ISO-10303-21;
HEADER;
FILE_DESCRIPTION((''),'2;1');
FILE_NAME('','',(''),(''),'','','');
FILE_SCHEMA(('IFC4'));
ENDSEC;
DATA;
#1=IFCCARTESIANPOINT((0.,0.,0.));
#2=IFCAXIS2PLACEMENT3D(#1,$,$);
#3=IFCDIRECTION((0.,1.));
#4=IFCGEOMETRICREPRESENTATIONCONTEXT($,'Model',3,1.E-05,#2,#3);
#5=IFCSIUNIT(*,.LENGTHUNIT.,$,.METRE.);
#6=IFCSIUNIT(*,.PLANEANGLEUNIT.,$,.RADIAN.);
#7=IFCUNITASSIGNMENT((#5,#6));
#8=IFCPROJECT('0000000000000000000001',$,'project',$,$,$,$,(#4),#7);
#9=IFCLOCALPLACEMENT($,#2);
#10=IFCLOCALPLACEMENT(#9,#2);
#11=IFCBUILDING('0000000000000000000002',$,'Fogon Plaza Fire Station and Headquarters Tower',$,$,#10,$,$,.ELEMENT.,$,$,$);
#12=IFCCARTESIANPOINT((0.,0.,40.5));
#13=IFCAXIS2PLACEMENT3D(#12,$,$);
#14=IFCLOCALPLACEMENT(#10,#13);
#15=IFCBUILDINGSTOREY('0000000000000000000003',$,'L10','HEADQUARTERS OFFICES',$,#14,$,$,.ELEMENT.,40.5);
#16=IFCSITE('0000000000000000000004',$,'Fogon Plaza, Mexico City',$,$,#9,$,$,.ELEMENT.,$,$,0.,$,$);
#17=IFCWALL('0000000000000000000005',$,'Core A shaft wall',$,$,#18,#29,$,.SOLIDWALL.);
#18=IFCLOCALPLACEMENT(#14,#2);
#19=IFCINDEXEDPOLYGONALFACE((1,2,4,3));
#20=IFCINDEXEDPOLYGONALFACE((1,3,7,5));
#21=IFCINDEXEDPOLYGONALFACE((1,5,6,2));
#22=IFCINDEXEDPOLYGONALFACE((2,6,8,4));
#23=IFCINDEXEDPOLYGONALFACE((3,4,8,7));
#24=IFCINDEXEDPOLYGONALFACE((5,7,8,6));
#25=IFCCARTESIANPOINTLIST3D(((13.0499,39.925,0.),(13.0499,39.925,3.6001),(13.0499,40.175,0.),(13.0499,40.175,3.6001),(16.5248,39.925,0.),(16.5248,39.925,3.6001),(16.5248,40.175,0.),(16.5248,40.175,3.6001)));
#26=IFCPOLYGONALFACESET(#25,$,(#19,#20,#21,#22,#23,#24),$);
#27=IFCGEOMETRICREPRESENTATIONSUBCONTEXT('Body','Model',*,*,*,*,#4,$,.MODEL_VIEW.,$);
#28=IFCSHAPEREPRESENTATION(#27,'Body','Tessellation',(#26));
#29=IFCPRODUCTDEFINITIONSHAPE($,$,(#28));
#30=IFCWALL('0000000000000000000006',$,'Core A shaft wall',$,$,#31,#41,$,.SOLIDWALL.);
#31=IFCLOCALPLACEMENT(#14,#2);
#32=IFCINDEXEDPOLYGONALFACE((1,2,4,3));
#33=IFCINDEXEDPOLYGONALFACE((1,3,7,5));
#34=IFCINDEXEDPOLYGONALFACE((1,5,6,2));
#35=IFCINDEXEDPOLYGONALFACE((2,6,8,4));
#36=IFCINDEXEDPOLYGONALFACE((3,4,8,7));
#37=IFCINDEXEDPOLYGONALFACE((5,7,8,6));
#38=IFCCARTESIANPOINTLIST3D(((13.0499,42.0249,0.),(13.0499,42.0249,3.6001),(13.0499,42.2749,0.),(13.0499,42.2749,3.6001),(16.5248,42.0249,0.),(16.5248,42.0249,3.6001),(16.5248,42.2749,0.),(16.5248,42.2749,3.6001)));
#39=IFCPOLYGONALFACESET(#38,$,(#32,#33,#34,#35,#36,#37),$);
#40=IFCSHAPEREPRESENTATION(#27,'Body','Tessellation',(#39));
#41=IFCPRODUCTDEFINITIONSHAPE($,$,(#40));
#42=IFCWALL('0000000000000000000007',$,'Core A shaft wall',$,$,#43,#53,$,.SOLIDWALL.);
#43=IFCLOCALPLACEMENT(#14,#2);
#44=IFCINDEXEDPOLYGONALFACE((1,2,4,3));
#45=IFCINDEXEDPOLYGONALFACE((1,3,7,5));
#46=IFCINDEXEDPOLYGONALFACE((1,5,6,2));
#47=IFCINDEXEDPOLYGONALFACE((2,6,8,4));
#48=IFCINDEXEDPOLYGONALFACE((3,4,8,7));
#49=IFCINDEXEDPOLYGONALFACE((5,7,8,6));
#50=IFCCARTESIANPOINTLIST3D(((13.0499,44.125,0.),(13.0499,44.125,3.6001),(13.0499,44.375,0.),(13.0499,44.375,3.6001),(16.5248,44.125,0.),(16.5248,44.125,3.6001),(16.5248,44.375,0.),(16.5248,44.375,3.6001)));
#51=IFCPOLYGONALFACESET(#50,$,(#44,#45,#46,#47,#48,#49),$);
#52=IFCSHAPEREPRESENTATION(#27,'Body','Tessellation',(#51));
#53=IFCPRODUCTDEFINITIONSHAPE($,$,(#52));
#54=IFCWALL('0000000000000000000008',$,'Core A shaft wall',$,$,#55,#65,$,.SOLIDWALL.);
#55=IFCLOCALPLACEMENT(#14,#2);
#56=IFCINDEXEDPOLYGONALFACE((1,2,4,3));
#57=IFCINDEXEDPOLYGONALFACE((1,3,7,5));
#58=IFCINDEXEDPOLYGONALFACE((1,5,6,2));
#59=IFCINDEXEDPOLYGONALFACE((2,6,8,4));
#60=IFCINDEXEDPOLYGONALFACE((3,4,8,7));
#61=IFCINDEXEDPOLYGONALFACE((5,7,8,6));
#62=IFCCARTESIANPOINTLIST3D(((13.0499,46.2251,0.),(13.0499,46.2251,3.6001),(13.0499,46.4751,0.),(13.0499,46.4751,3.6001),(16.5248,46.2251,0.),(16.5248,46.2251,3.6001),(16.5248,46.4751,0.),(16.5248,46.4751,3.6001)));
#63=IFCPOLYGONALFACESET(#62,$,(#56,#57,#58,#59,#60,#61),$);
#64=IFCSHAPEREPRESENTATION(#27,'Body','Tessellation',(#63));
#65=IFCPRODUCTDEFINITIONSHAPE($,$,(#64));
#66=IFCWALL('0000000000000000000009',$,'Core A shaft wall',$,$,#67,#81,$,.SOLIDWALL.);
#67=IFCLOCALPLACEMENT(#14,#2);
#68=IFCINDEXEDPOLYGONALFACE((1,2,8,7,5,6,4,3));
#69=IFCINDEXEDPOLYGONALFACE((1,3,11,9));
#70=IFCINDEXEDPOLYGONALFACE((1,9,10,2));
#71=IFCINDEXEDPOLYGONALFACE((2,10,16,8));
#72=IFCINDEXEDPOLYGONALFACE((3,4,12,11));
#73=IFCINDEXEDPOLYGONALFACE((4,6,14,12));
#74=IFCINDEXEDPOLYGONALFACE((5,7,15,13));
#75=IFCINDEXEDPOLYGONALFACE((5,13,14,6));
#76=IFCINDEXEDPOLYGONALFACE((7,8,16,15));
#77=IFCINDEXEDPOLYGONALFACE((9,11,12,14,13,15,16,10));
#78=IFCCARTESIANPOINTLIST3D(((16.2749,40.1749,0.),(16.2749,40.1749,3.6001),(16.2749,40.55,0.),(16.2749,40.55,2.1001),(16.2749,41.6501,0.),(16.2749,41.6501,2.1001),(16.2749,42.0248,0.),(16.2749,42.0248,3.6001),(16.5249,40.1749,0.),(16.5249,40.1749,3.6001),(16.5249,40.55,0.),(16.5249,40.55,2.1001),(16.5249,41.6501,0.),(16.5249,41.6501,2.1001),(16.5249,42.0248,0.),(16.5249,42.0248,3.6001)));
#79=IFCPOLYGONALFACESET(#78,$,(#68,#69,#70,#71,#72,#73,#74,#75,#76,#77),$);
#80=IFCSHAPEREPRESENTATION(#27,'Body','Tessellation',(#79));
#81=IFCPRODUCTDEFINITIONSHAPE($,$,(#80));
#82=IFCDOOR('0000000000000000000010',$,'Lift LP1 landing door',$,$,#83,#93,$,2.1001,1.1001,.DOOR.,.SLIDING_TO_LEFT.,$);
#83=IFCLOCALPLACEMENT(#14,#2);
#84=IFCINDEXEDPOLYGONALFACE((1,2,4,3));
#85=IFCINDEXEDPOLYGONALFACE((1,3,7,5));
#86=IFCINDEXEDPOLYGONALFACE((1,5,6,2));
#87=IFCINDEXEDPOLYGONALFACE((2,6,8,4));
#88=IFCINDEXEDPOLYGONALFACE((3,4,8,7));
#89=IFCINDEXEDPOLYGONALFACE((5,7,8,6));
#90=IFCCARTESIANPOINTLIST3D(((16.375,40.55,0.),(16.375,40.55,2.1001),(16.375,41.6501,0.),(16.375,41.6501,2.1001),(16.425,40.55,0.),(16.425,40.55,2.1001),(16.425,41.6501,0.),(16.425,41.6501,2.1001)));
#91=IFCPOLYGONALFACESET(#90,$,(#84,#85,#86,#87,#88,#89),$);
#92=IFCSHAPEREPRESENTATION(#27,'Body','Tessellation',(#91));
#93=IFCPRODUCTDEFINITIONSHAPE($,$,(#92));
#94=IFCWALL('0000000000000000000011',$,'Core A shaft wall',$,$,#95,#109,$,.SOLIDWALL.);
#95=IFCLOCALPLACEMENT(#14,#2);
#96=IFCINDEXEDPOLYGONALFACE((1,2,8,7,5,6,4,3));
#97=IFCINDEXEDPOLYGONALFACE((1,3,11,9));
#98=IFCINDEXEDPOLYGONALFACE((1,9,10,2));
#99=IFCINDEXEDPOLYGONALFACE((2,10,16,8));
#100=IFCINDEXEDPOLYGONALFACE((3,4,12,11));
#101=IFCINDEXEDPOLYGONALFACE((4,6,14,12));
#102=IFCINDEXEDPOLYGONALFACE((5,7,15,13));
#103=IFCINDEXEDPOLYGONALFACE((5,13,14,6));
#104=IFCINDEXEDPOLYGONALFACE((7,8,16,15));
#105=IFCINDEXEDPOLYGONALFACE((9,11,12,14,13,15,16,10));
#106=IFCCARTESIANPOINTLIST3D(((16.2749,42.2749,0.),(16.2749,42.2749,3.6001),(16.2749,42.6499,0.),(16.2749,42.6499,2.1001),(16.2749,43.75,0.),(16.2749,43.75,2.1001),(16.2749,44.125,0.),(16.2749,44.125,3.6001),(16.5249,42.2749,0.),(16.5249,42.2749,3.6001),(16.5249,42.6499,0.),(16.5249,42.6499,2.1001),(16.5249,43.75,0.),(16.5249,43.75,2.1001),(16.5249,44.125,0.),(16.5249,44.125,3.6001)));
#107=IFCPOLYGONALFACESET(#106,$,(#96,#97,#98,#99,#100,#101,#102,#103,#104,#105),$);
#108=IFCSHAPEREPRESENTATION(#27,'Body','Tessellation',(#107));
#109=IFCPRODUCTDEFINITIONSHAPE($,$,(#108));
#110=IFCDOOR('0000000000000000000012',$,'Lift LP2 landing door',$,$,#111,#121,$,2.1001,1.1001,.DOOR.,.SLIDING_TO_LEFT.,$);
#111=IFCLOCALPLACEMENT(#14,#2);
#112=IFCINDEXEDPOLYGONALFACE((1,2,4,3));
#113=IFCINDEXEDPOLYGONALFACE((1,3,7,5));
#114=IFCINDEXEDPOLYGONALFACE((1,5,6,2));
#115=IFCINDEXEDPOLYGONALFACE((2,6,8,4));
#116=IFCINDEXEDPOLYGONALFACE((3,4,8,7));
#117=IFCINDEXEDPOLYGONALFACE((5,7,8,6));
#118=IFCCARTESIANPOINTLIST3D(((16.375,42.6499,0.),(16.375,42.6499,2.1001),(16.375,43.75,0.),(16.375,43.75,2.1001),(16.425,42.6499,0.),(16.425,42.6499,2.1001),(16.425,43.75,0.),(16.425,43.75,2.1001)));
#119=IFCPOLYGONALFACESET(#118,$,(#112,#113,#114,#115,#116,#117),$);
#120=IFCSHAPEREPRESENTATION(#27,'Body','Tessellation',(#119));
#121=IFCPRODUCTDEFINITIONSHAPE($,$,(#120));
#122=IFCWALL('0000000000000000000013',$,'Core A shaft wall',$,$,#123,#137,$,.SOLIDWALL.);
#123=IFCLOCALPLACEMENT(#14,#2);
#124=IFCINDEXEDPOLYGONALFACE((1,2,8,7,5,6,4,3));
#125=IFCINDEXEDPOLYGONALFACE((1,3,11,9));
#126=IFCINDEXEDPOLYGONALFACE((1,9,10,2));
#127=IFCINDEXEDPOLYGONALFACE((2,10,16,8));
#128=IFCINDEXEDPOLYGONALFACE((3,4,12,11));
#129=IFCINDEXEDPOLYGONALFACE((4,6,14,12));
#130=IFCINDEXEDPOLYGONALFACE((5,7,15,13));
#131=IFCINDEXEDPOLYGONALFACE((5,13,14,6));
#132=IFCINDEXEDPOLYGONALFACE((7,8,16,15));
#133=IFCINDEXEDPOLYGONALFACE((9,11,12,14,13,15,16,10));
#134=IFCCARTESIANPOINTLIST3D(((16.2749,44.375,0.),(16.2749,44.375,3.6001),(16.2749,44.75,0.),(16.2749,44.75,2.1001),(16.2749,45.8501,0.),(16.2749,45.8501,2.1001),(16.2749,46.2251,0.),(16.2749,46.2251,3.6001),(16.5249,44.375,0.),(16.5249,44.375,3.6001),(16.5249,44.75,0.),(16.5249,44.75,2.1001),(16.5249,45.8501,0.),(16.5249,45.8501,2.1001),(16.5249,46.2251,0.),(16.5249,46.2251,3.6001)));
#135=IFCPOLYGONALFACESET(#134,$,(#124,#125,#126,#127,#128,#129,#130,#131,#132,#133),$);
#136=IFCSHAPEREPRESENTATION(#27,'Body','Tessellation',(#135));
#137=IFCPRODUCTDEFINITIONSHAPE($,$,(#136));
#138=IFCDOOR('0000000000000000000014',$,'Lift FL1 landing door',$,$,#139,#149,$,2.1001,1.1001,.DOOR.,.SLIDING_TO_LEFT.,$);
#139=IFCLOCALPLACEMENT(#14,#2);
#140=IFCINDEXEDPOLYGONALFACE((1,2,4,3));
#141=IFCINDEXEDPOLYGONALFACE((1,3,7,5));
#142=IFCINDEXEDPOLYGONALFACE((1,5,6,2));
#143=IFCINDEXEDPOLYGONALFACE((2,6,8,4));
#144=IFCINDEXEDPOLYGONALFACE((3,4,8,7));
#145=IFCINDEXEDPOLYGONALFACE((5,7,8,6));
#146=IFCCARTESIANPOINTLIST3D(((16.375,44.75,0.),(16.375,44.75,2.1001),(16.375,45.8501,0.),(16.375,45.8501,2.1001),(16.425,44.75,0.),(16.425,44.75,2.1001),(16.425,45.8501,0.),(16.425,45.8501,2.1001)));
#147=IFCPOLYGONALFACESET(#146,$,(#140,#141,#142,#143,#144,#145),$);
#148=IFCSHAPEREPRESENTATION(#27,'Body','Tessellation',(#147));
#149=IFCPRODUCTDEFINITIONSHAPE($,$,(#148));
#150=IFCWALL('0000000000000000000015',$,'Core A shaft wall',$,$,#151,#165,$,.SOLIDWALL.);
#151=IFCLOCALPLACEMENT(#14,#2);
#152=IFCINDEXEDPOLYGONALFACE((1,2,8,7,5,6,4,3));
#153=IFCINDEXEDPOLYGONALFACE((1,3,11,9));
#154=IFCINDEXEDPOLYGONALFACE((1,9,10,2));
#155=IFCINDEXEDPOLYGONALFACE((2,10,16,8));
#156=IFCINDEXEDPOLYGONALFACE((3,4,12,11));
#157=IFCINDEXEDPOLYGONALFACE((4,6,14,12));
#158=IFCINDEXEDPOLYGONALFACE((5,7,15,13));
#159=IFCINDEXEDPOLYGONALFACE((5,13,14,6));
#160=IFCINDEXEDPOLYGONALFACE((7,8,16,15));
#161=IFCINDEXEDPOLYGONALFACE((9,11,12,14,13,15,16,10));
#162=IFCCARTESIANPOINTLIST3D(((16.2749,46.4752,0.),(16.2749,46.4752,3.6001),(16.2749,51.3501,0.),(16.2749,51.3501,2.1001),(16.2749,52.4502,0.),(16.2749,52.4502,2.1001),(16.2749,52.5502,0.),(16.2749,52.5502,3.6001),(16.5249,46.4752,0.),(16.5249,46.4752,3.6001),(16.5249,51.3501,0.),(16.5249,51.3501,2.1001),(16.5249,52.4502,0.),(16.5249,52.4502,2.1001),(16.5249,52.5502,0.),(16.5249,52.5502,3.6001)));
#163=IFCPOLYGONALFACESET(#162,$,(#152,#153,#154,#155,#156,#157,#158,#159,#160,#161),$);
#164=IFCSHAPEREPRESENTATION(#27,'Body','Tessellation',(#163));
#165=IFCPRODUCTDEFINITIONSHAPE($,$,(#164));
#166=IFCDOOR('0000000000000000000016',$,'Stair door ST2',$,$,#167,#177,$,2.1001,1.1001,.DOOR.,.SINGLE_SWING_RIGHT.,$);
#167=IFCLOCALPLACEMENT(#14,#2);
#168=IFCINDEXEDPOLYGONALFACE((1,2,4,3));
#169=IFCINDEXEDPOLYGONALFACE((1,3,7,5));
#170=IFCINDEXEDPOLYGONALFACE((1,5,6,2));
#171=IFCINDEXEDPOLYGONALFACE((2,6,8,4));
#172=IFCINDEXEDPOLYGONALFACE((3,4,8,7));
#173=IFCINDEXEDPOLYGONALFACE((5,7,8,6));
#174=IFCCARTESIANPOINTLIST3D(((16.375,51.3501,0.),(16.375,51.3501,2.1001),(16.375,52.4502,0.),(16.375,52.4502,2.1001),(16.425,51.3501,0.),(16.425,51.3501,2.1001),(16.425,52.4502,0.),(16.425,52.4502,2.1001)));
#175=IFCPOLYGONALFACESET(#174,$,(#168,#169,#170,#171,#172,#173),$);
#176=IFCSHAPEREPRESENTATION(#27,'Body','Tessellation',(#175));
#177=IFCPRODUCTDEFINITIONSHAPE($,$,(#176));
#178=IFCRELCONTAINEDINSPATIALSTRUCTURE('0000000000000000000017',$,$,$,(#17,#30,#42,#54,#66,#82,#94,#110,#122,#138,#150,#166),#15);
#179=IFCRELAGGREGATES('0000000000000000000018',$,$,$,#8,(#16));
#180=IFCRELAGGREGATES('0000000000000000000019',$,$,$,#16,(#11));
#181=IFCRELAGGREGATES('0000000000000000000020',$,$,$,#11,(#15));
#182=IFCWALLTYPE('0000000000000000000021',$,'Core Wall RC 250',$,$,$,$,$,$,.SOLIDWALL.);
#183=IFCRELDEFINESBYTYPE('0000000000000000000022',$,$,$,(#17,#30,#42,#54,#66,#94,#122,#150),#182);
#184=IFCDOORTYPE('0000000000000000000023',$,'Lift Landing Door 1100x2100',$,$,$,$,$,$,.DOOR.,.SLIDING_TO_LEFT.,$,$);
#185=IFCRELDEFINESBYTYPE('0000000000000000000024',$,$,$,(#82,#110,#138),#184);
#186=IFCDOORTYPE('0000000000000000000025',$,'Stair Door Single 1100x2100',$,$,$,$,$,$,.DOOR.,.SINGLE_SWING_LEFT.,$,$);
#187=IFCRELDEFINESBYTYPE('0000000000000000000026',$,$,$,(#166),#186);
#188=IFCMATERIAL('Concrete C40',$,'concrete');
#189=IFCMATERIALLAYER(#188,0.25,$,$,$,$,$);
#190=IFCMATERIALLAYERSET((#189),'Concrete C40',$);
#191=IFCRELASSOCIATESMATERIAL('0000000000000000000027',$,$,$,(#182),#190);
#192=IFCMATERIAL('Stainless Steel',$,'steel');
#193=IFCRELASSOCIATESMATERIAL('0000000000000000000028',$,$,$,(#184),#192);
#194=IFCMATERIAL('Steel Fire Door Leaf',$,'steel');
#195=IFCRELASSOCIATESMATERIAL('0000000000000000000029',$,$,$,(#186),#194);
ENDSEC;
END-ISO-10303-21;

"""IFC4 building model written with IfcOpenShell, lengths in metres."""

from ifc_helpers import new_model, si_unit, direction, frame, frame_2d, origin, place, context, subcontext, project, spatial, rectangle, extrude, material, layer, layer_set, type_object, element, fill, save


model = new_model("IFC4")

# Units and contexts
model_context = context("Model", 3, precision=1e-05, world=origin(), true_north=direction((0.0, 1.0)))
body_context = subcontext(model_context, "Body", "Model", "MODEL_VIEW")
ifc_project = project(units=[si_unit("LENGTHUNIT", "METRE"), si_unit("PLANEANGLEUNIT", "RADIAN")], contexts=[model_context])

# Site, building, storey
site_placement = place(None, origin())
site = spatial("IfcSite", under=ifc_project, at=site_placement, Name="Fogon Plaza, Mexico City", CompositionType="ELEMENT", RefElevation=0.0)
building_placement = place(site_placement, origin())
building = spatial("IfcBuilding", under=site, at=building_placement, Name="Fogon Plaza Fire Station and Headquarters Tower", CompositionType="ELEMENT")
storey_placement = place(building_placement, frame((0.0, 0.0, 40.5)))
storey = spatial("IfcBuildingStorey", under=building, at=storey_placement, Name="L10", Description="HEADQUARTERS OFFICES", CompositionType="ELEMENT", Elevation=40.5)

# Walls
ifc_material_1 = material(Name="Concrete C40", Category="concrete")
ifc_layer = layer(ifc_material_1, 0.25)
ifc_layer_set = layer_set([ifc_layer], Name="Concrete C40")
wall_type = type_object("IfcWallType", Name="Core Wall RC 250", PredefinedType="SOLIDWALL", material=ifc_layer_set)
for number, where, z_axis, x_axis, name in (
    (1, (13.05, 40.05, 0.0), (0.0, 0.0, 1.0), (1.0, 0.0, 0.0), "Core A shaft wall"),
    (2, (13.05, 42.1499, 0.0), (0.0, 0.0, 1.0), (1.0, 0.0, 0.0), "Core A shaft wall"),
    (3, (13.05, 44.25, 0.0), (0.0, 0.0, 1.0), (1.0, 0.0, 0.0), "Core A shaft wall"),
    (4, (13.05, 46.3501, 0.0), (0.0, 0.0, 1.0), (1.0, 0.0, 0.0), "Core A shaft wall"),
):
    element("IfcWall", number, at=place(storey_placement, frame(where, z_axis=z_axis, x_axis=x_axis)), inside=storey, type_object=wall_type, Name=name, PredefinedType="SOLIDWALL", context=body_context, shape_type="SweptSolid", body=[
        extrude(rectangle(XDim=3.4749, YDim=0.25, at=frame_2d((1.7373, 0.0))), origin(), (0.0, 0.0, 1.0), 3.6001),
    ])

# Walls, openings, doors
wall_1_placement = place(storey_placement, frame((16.3999, 40.175, 0.0), z_axis=(0.0, 0.0, 1.0), x_axis=(0.0, 1.0, 0.0)))
wall_1 = element("IfcWall", 5, at=wall_1_placement, inside=storey, type_object=wall_type, Name="Core A shaft wall", PredefinedType="SOLIDWALL", context=body_context, shape_type="SweptSolid", body=[
    extrude(rectangle(XDim=1.8499, YDim=0.25, at=frame_2d((0.9248, 0.0))), origin(), (0.0, 0.0, 1.0), 3.6001),
])
opening_1_placement = place(wall_1_placement, frame((0.375, 0.0, 0.0)))
opening_1 = element("IfcOpeningElement", 6, at=opening_1_placement, cuts=wall_1, PredefinedType="OPENING", context=body_context, shape_type="SweptSolid", body=[
    extrude(rectangle(XDim=1.1001, YDim=2.1001, at=frame_2d((0.55, 1.05))), frame((0.0, 0.135, 0.0), z_axis=(0.0, -1.0, 0.0), x_axis=(1.0, 0.0, 0.0)), (0.0, 0.0, 1.0), 0.27),
])
ifc_material_2 = material(Name="Stainless Steel", Category="steel")
door_type_1 = type_object("IfcDoorType", Name="Lift Landing Door 1100x2100", OperationType="SLIDING_TO_LEFT", PredefinedType="DOOR", material=ifc_material_2)
door_1_placement = place(opening_1_placement, origin())
door_1 = element("IfcDoor", 7, at=door_1_placement, inside=storey, type_object=door_type_1, Name="Lift LP1 landing door", OperationType="SLIDING_TO_LEFT", OverallHeight=2.1001, OverallWidth=1.1001, PredefinedType="DOOR", context=body_context, shape_type="SweptSolid", body=[
    extrude(rectangle(XDim=1.1001, YDim=2.1001, at=frame_2d((0.55, 1.05))), frame((0.0, 0.0249, 0.0), z_axis=(0.0, -1.0, 0.0), x_axis=(1.0, 0.0, 0.0)), (0.0, 0.0, 1.0), 0.05),
])
fill(opening_1, door_1)
wall_2_placement = place(storey_placement, frame((16.3999, 42.2749, 0.0), z_axis=(0.0, 0.0, 1.0), x_axis=(0.0, 1.0, 0.0)))
wall_2 = element("IfcWall", 8, at=wall_2_placement, inside=storey, type_object=wall_type, Name="Core A shaft wall", PredefinedType="SOLIDWALL", context=body_context, shape_type="SweptSolid", body=[
    extrude(rectangle(XDim=1.8501, YDim=0.25, at=frame_2d((0.925, 0.0))), origin(), (0.0, 0.0, 1.0), 3.6001),
])
opening_2_placement = place(wall_2_placement, frame((0.375, 0.0, 0.0)))
opening_2 = element("IfcOpeningElement", 9, at=opening_2_placement, cuts=wall_2, PredefinedType="OPENING", context=body_context, shape_type="SweptSolid", body=[
    extrude(rectangle(XDim=1.1001, YDim=2.1001, at=frame_2d((0.55, 1.05))), frame((0.0, 0.135, 0.0), z_axis=(0.0, -1.0, 0.0), x_axis=(1.0, 0.0, 0.0)), (0.0, 0.0, 1.0), 0.27),
])
door_2_placement = place(opening_2_placement, origin())
door_2 = element("IfcDoor", 10, at=door_2_placement, inside=storey, type_object=door_type_1, Name="Lift LP2 landing door", OperationType="SLIDING_TO_LEFT", OverallHeight=2.1001, OverallWidth=1.1001, PredefinedType="DOOR", context=body_context, shape_type="SweptSolid", body=[
    extrude(rectangle(XDim=1.1001, YDim=2.1001, at=frame_2d((0.55, 1.05))), frame((0.0, 0.0249, 0.0), z_axis=(0.0, -1.0, 0.0), x_axis=(1.0, 0.0, 0.0)), (0.0, 0.0, 1.0), 0.05),
])
fill(opening_2, door_2)
wall_3_placement = place(storey_placement, frame((16.3999, 44.375, 0.0), z_axis=(0.0, 0.0, 1.0), x_axis=(0.0, 1.0, 0.0)))
wall_3 = element("IfcWall", 11, at=wall_3_placement, inside=storey, type_object=wall_type, Name="Core A shaft wall", PredefinedType="SOLIDWALL", context=body_context, shape_type="SweptSolid", body=[
    extrude(rectangle(XDim=1.8501, YDim=0.25, at=frame_2d((0.925, 0.0))), origin(), (0.0, 0.0, 1.0), 3.6001),
])
opening_3_placement = place(wall_3_placement, frame((0.375, 0.0, 0.0)))
opening_3 = element("IfcOpeningElement", 12, at=opening_3_placement, cuts=wall_3, PredefinedType="OPENING", context=body_context, shape_type="SweptSolid", body=[
    extrude(rectangle(XDim=1.1001, YDim=2.1001, at=frame_2d((0.55, 1.05))), frame((0.0, 0.135, 0.0), z_axis=(0.0, -1.0, 0.0), x_axis=(1.0, 0.0, 0.0)), (0.0, 0.0, 1.0), 0.27),
])
door_3_placement = place(opening_3_placement, origin())
door_3 = element("IfcDoor", 13, at=door_3_placement, inside=storey, type_object=door_type_1, Name="Lift FL1 landing door", OperationType="SLIDING_TO_LEFT", OverallHeight=2.1001, OverallWidth=1.1001, PredefinedType="DOOR", context=body_context, shape_type="SweptSolid", body=[
    extrude(rectangle(XDim=1.1001, YDim=2.1001, at=frame_2d((0.55, 1.05))), frame((0.0, 0.0249, 0.0), z_axis=(0.0, -1.0, 0.0), x_axis=(1.0, 0.0, 0.0)), (0.0, 0.0, 1.0), 0.05),
])
fill(opening_3, door_3)
wall_4_placement = place(storey_placement, frame((16.3999, 46.4751, 0.0), z_axis=(0.0, 0.0, 1.0), x_axis=(0.0, 1.0, 0.0)))
wall_4 = element("IfcWall", 14, at=wall_4_placement, inside=storey, type_object=wall_type, Name="Core A shaft wall", PredefinedType="SOLIDWALL", context=body_context, shape_type="SweptSolid", body=[
    extrude(rectangle(XDim=6.075, YDim=0.25, at=frame_2d((3.0376, 0.0))), origin(), (0.0, 0.0, 1.0), 3.6001),
])
opening_4_placement = place(wall_4_placement, frame((4.875, 0.0, 0.0)))
opening_4 = element("IfcOpeningElement", 15, at=opening_4_placement, cuts=wall_4, PredefinedType="OPENING", context=body_context, shape_type="SweptSolid", body=[
    extrude(rectangle(XDim=1.1001, YDim=2.1001, at=frame_2d((0.55, 1.05))), frame((0.0, 0.135, 0.0), z_axis=(0.0, -1.0, 0.0), x_axis=(1.0, 0.0, 0.0)), (0.0, 0.0, 1.0), 0.27),
])
ifc_material_3 = material(Name="Steel Fire Door Leaf", Category="steel")
door_type_2 = type_object("IfcDoorType", Name="Stair Door Single 1100x2100", OperationType="SINGLE_SWING_LEFT", PredefinedType="DOOR", material=ifc_material_3)
door_4_placement = place(opening_4_placement, origin())
door_4 = element("IfcDoor", 16, at=door_4_placement, inside=storey, type_object=door_type_2, Name="Stair door ST2", OperationType="SINGLE_SWING_RIGHT", OverallHeight=2.1001, OverallWidth=1.1001, PredefinedType="DOOR", context=body_context, shape_type="SweptSolid", body=[
    extrude(rectangle(XDim=1.1001, YDim=2.1001, at=frame_2d((0.55, 1.05))), frame((0.0, 0.0249, 0.0), z_axis=(0.0, -1.0, 0.0), x_axis=(1.0, 0.0, 0.0)), (0.0, 0.0, 1.0), 0.05),
])
fill(opening_4, door_4)

save(model, "model.ifc")
